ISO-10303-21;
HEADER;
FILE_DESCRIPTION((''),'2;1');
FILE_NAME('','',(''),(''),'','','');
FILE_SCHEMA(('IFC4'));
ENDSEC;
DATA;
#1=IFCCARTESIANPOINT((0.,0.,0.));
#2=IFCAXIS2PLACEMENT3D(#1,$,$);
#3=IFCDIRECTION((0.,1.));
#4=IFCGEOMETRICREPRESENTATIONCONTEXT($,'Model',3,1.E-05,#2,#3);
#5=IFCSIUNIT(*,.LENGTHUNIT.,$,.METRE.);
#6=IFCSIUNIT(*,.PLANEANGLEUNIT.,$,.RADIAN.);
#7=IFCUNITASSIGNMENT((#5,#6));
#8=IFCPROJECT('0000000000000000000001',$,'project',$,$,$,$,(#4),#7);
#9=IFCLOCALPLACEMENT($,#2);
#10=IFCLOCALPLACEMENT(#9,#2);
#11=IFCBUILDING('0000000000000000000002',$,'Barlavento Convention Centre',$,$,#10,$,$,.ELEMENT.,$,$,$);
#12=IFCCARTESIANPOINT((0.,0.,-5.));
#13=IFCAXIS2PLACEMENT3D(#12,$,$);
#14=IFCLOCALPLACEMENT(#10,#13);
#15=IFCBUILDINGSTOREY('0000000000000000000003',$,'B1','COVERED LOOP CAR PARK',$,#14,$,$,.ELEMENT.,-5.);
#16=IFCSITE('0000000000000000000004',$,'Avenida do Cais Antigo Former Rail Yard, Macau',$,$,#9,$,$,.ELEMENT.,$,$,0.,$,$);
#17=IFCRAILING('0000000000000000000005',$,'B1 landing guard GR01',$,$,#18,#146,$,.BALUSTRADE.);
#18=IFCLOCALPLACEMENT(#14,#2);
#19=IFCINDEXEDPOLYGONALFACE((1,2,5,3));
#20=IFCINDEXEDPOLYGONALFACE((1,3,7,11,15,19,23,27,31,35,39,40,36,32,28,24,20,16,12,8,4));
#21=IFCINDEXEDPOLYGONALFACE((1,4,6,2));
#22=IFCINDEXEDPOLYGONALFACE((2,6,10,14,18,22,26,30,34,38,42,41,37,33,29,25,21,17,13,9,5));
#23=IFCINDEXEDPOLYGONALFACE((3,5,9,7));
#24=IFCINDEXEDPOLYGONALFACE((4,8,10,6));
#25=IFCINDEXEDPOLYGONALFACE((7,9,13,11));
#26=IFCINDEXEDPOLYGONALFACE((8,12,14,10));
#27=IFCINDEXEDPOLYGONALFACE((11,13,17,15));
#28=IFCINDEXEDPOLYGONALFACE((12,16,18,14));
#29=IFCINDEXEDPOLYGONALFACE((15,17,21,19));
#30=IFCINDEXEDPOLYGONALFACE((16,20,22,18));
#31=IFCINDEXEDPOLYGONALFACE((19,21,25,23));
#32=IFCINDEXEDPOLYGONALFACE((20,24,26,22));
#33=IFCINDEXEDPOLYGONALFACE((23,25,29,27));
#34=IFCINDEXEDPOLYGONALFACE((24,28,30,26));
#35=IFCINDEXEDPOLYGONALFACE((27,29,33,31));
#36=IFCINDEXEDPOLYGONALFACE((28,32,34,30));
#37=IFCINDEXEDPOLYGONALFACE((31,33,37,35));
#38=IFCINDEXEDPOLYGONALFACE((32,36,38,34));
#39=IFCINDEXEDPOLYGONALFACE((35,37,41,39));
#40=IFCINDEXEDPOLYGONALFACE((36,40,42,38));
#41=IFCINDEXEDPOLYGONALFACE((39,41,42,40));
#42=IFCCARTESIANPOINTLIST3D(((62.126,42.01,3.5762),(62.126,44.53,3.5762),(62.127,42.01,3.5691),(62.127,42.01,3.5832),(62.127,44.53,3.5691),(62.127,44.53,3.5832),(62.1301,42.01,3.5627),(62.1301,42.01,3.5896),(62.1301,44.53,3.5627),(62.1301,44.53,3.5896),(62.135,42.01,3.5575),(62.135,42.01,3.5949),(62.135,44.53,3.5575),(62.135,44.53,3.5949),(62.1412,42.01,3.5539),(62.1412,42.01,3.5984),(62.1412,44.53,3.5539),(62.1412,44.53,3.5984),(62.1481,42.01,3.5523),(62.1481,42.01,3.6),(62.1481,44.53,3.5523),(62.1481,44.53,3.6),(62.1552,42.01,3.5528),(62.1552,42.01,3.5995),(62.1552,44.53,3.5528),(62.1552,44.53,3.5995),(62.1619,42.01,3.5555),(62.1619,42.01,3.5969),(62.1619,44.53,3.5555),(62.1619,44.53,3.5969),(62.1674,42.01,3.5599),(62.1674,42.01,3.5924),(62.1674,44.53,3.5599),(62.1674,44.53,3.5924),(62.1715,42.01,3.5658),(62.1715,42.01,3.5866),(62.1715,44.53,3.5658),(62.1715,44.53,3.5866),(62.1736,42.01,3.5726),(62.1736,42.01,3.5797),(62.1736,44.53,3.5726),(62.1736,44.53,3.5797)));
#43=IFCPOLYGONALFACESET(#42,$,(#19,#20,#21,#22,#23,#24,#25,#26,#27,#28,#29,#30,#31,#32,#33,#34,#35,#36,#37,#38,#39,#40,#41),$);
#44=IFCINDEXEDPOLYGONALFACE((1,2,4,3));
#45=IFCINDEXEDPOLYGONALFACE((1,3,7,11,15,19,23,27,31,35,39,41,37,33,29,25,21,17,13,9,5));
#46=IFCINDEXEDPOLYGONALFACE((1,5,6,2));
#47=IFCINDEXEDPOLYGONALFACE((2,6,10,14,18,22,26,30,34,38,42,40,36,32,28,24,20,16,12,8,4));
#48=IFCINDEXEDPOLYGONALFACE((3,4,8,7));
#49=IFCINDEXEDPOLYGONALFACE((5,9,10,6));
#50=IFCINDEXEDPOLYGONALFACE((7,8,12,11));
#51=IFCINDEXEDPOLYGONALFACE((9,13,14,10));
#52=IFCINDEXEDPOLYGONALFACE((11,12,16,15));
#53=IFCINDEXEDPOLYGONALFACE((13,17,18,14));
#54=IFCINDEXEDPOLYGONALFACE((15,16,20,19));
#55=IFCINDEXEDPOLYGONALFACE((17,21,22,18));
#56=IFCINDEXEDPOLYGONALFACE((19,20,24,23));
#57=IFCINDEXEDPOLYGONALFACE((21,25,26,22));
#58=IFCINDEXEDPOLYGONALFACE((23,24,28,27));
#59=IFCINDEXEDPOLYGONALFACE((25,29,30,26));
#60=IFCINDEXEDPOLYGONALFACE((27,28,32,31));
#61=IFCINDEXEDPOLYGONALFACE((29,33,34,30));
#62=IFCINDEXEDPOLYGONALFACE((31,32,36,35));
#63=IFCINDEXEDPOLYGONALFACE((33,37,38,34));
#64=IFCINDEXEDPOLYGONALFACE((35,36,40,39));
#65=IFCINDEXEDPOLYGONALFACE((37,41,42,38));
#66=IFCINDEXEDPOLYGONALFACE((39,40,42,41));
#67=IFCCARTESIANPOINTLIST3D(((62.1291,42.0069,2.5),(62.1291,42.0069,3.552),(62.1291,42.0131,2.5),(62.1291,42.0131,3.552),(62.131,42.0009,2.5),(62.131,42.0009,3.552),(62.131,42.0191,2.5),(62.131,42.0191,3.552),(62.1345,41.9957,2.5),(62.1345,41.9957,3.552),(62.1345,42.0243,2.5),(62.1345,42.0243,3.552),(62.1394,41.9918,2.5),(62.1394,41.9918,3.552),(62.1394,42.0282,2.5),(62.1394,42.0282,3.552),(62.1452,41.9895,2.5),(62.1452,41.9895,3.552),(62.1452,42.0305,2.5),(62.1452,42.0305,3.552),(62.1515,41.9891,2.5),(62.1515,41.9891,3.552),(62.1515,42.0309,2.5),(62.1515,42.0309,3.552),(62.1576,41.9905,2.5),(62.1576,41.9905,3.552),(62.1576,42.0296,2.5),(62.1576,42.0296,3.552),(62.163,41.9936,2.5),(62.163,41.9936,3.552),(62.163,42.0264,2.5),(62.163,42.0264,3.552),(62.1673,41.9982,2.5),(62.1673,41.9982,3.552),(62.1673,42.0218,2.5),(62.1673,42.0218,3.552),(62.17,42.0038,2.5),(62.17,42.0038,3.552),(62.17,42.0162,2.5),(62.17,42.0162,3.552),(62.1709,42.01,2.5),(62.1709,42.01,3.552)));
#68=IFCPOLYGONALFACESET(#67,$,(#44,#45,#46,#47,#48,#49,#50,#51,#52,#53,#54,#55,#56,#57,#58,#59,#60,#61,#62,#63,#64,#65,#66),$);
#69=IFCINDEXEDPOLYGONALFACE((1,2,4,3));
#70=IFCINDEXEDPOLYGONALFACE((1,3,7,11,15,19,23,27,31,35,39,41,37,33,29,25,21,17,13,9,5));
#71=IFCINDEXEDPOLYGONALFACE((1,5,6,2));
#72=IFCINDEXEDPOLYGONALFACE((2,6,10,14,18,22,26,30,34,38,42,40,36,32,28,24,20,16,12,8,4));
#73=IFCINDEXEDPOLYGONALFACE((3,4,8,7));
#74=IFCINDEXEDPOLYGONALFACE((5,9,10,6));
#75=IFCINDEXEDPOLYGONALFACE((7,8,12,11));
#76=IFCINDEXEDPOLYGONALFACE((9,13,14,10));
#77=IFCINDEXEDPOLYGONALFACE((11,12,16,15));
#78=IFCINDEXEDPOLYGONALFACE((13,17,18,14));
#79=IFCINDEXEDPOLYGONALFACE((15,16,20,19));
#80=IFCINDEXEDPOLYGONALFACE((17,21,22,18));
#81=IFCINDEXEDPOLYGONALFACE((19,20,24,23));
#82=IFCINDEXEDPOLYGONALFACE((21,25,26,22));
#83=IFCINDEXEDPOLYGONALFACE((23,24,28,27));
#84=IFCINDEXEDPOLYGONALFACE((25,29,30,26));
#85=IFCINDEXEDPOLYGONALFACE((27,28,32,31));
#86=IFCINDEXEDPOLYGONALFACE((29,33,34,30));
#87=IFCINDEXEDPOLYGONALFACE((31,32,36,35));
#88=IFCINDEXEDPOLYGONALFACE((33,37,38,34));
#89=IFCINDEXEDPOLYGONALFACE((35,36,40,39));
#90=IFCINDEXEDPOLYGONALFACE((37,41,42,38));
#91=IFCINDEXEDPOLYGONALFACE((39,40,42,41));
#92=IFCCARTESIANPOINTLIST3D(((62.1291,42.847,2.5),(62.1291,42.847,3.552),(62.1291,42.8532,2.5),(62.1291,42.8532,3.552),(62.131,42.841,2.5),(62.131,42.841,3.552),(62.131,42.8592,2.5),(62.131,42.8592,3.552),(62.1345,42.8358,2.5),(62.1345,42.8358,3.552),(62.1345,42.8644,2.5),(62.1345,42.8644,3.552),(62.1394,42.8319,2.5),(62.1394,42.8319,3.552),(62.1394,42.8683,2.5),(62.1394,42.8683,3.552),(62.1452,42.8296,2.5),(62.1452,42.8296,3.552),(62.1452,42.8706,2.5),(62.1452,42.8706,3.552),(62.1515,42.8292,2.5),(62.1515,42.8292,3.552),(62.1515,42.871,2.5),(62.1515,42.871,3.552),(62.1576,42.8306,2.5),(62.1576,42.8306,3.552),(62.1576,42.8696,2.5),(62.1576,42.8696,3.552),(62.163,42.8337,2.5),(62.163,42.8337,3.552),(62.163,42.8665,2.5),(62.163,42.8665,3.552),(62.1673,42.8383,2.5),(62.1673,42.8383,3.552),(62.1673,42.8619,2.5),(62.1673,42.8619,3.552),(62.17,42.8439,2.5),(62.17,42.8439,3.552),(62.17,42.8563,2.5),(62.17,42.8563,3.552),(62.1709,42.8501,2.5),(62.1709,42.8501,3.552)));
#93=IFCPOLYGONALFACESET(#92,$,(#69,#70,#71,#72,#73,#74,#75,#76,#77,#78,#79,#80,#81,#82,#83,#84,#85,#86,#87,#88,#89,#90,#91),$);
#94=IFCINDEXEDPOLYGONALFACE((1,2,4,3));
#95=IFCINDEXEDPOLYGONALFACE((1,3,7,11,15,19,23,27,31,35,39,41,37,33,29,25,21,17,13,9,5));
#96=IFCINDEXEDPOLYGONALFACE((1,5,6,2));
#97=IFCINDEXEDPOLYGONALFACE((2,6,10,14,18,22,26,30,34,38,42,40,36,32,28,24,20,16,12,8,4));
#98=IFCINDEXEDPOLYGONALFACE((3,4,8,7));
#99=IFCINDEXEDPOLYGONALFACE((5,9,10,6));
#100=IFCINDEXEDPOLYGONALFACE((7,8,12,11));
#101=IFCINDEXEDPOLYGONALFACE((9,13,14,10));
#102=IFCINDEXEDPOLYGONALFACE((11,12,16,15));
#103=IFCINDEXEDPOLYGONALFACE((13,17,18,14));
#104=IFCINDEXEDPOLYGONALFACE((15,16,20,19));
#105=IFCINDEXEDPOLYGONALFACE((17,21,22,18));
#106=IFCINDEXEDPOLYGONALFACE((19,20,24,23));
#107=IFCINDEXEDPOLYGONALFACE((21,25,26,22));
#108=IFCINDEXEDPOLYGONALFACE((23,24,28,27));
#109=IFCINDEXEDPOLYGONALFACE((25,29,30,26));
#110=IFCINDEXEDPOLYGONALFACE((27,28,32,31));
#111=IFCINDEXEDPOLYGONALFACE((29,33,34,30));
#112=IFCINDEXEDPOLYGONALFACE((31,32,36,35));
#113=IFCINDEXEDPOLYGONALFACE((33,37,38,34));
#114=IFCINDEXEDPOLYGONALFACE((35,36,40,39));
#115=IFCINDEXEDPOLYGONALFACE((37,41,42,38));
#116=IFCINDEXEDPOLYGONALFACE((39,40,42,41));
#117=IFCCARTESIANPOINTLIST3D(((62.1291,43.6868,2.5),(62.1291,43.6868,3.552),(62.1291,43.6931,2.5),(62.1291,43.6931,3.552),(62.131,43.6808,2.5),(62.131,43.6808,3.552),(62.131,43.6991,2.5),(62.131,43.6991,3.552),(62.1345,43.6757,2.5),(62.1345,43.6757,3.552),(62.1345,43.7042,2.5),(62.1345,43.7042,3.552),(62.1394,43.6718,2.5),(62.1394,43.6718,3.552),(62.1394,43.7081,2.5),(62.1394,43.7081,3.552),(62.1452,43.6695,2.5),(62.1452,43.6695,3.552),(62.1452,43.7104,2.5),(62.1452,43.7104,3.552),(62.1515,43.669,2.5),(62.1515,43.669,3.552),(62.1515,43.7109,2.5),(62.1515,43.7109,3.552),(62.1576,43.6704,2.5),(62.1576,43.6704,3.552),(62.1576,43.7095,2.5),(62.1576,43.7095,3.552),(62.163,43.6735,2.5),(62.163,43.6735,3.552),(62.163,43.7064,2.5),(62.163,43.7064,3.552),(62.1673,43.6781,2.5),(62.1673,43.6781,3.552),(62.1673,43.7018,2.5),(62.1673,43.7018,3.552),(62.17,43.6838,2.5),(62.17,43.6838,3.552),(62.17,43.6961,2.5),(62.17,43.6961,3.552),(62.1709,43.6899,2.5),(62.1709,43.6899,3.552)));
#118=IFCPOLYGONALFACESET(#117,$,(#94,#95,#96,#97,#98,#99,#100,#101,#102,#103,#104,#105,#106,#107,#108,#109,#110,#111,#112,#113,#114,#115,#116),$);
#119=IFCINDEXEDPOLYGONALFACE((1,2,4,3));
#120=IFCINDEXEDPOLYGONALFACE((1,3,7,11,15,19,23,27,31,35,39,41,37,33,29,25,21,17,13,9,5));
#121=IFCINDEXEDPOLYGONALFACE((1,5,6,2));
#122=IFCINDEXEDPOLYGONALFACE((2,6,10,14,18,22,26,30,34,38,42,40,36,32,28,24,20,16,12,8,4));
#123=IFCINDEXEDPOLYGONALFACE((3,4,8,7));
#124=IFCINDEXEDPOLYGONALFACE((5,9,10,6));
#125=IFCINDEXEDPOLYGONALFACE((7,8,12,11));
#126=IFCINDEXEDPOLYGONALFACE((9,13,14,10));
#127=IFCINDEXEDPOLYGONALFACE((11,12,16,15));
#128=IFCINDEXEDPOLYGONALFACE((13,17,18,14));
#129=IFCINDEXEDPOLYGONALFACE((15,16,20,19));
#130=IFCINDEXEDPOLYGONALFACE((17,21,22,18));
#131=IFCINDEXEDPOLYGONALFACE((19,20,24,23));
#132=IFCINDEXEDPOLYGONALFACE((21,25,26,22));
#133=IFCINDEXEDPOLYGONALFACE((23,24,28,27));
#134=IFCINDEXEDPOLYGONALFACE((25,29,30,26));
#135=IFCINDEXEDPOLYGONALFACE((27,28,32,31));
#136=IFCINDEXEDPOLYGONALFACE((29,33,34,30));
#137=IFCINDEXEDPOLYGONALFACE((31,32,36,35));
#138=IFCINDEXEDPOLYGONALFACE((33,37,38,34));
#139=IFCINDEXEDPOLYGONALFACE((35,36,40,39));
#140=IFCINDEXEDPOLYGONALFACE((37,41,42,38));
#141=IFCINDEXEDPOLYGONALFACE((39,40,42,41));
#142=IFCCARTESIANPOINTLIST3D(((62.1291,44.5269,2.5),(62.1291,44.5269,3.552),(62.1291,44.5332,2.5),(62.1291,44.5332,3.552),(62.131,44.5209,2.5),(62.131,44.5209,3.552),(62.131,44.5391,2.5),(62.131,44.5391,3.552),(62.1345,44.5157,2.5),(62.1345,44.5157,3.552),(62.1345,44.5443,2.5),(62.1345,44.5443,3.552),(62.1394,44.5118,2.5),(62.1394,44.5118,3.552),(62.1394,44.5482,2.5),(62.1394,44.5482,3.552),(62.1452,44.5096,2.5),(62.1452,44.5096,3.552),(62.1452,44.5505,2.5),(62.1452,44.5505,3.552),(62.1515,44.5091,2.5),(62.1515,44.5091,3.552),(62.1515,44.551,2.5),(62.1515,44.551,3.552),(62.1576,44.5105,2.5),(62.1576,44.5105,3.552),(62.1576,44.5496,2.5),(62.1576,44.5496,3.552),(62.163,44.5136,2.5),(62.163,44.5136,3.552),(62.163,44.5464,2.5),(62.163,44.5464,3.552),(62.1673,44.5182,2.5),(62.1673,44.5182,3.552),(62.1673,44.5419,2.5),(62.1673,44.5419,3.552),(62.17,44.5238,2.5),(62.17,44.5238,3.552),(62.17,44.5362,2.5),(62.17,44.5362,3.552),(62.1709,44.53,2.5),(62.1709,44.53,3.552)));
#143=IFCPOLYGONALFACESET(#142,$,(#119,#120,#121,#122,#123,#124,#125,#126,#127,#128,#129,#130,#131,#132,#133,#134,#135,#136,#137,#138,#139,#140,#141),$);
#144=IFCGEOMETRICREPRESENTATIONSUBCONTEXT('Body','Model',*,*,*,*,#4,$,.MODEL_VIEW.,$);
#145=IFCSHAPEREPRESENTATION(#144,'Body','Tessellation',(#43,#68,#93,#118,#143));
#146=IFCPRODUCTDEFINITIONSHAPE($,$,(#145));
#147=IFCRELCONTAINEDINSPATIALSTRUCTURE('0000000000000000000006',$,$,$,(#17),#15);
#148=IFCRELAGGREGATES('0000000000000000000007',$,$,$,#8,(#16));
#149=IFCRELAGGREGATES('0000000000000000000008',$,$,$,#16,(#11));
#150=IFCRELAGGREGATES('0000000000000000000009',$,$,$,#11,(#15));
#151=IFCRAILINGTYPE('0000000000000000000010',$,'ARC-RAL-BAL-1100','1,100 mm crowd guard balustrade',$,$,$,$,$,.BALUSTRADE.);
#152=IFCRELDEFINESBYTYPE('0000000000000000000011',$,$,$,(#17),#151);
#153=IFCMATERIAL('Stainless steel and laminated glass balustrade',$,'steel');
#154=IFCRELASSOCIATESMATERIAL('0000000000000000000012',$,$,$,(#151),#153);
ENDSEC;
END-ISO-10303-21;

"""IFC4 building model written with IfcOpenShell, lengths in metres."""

from ifc_helpers import new_model, si_unit, direction, frame, origin, origin_2d, place, context, subcontext, project, spatial, circle, extrude, material, type_object, element, save


model = new_model("IFC4")

# Units and contexts
model_context = context("Model", 3, precision=1e-05, world=origin(), true_north=direction((0.0, 1.0)))
body_context = subcontext(model_context, "Body", "Model", "MODEL_VIEW")
ifc_project = project(units=[si_unit("LENGTHUNIT", "METRE"), si_unit("PLANEANGLEUNIT", "RADIAN")], contexts=[model_context])

# Site, building, storey
site_placement = place(None, origin())
site = spatial("IfcSite", under=ifc_project, at=site_placement, Name="Avenida do Cais Antigo Former Rail Yard, Macau", CompositionType="ELEMENT", RefElevation=0.0)
building_placement = place(site_placement, origin())
building = spatial("IfcBuilding", under=site, at=building_placement, Name="Barlavento Convention Centre", CompositionType="ELEMENT")
storey_placement = place(building_placement, frame((0.0, 0.0, -5.0)))
storey = spatial("IfcBuildingStorey", under=building, at=storey_placement, Name="B1", Description="COVERED LOOP CAR PARK", CompositionType="ELEMENT", Elevation=-5.0)

# Railing
ifc_material_1 = material(Name="Stainless steel and laminated glass balustrade", Category="steel")
railing_type_1 = type_object("IfcRailingType", Name="ARC-RAL-BAL-1100", Description="1,100 mm crowd guard balustrade", PredefinedType="BALUSTRADE", material=ifc_material_1)
for number, where, name in (
    (1, (62.1499, 42.01, 2.5), "B1 landing guard GR01"),
):
    element("IfcRailing", number, at=place(storey_placement, frame(where)), inside=storey, type_object=railing_type_1, Name=name, PredefinedType="BALUSTRADE", context=body_context, shape_type="SweptSolid", body=[
        extrude(circle(Radius=0.0239, at=origin_2d()), frame((0.0, 0.0, 1.0762), z_axis=(0.0, 1.0, 0.0), x_axis=(-1.0, 0.0, 0.0)), (0.0, 0.0, 1.0), 2.52),
        extrude(circle(Radius=0.021, at=origin_2d()), origin(), (0.0, 0.0, 1.0), 1.052),
        extrude(circle(Radius=0.021, at=origin_2d()), frame((0.0, 0.8401, 0.0)), (0.0, 0.0, 1.0), 1.052),
        extrude(circle(Radius=0.021, at=origin_2d()), frame((0.0, 1.6799, 0.0)), (0.0, 0.0, 1.0), 1.052),
        extrude(circle(Radius=0.021, at=origin_2d()), frame((0.0, 2.52, 0.0)), (0.0, 0.0, 1.0), 1.052),
    ])

save(model, "model.ifc")
